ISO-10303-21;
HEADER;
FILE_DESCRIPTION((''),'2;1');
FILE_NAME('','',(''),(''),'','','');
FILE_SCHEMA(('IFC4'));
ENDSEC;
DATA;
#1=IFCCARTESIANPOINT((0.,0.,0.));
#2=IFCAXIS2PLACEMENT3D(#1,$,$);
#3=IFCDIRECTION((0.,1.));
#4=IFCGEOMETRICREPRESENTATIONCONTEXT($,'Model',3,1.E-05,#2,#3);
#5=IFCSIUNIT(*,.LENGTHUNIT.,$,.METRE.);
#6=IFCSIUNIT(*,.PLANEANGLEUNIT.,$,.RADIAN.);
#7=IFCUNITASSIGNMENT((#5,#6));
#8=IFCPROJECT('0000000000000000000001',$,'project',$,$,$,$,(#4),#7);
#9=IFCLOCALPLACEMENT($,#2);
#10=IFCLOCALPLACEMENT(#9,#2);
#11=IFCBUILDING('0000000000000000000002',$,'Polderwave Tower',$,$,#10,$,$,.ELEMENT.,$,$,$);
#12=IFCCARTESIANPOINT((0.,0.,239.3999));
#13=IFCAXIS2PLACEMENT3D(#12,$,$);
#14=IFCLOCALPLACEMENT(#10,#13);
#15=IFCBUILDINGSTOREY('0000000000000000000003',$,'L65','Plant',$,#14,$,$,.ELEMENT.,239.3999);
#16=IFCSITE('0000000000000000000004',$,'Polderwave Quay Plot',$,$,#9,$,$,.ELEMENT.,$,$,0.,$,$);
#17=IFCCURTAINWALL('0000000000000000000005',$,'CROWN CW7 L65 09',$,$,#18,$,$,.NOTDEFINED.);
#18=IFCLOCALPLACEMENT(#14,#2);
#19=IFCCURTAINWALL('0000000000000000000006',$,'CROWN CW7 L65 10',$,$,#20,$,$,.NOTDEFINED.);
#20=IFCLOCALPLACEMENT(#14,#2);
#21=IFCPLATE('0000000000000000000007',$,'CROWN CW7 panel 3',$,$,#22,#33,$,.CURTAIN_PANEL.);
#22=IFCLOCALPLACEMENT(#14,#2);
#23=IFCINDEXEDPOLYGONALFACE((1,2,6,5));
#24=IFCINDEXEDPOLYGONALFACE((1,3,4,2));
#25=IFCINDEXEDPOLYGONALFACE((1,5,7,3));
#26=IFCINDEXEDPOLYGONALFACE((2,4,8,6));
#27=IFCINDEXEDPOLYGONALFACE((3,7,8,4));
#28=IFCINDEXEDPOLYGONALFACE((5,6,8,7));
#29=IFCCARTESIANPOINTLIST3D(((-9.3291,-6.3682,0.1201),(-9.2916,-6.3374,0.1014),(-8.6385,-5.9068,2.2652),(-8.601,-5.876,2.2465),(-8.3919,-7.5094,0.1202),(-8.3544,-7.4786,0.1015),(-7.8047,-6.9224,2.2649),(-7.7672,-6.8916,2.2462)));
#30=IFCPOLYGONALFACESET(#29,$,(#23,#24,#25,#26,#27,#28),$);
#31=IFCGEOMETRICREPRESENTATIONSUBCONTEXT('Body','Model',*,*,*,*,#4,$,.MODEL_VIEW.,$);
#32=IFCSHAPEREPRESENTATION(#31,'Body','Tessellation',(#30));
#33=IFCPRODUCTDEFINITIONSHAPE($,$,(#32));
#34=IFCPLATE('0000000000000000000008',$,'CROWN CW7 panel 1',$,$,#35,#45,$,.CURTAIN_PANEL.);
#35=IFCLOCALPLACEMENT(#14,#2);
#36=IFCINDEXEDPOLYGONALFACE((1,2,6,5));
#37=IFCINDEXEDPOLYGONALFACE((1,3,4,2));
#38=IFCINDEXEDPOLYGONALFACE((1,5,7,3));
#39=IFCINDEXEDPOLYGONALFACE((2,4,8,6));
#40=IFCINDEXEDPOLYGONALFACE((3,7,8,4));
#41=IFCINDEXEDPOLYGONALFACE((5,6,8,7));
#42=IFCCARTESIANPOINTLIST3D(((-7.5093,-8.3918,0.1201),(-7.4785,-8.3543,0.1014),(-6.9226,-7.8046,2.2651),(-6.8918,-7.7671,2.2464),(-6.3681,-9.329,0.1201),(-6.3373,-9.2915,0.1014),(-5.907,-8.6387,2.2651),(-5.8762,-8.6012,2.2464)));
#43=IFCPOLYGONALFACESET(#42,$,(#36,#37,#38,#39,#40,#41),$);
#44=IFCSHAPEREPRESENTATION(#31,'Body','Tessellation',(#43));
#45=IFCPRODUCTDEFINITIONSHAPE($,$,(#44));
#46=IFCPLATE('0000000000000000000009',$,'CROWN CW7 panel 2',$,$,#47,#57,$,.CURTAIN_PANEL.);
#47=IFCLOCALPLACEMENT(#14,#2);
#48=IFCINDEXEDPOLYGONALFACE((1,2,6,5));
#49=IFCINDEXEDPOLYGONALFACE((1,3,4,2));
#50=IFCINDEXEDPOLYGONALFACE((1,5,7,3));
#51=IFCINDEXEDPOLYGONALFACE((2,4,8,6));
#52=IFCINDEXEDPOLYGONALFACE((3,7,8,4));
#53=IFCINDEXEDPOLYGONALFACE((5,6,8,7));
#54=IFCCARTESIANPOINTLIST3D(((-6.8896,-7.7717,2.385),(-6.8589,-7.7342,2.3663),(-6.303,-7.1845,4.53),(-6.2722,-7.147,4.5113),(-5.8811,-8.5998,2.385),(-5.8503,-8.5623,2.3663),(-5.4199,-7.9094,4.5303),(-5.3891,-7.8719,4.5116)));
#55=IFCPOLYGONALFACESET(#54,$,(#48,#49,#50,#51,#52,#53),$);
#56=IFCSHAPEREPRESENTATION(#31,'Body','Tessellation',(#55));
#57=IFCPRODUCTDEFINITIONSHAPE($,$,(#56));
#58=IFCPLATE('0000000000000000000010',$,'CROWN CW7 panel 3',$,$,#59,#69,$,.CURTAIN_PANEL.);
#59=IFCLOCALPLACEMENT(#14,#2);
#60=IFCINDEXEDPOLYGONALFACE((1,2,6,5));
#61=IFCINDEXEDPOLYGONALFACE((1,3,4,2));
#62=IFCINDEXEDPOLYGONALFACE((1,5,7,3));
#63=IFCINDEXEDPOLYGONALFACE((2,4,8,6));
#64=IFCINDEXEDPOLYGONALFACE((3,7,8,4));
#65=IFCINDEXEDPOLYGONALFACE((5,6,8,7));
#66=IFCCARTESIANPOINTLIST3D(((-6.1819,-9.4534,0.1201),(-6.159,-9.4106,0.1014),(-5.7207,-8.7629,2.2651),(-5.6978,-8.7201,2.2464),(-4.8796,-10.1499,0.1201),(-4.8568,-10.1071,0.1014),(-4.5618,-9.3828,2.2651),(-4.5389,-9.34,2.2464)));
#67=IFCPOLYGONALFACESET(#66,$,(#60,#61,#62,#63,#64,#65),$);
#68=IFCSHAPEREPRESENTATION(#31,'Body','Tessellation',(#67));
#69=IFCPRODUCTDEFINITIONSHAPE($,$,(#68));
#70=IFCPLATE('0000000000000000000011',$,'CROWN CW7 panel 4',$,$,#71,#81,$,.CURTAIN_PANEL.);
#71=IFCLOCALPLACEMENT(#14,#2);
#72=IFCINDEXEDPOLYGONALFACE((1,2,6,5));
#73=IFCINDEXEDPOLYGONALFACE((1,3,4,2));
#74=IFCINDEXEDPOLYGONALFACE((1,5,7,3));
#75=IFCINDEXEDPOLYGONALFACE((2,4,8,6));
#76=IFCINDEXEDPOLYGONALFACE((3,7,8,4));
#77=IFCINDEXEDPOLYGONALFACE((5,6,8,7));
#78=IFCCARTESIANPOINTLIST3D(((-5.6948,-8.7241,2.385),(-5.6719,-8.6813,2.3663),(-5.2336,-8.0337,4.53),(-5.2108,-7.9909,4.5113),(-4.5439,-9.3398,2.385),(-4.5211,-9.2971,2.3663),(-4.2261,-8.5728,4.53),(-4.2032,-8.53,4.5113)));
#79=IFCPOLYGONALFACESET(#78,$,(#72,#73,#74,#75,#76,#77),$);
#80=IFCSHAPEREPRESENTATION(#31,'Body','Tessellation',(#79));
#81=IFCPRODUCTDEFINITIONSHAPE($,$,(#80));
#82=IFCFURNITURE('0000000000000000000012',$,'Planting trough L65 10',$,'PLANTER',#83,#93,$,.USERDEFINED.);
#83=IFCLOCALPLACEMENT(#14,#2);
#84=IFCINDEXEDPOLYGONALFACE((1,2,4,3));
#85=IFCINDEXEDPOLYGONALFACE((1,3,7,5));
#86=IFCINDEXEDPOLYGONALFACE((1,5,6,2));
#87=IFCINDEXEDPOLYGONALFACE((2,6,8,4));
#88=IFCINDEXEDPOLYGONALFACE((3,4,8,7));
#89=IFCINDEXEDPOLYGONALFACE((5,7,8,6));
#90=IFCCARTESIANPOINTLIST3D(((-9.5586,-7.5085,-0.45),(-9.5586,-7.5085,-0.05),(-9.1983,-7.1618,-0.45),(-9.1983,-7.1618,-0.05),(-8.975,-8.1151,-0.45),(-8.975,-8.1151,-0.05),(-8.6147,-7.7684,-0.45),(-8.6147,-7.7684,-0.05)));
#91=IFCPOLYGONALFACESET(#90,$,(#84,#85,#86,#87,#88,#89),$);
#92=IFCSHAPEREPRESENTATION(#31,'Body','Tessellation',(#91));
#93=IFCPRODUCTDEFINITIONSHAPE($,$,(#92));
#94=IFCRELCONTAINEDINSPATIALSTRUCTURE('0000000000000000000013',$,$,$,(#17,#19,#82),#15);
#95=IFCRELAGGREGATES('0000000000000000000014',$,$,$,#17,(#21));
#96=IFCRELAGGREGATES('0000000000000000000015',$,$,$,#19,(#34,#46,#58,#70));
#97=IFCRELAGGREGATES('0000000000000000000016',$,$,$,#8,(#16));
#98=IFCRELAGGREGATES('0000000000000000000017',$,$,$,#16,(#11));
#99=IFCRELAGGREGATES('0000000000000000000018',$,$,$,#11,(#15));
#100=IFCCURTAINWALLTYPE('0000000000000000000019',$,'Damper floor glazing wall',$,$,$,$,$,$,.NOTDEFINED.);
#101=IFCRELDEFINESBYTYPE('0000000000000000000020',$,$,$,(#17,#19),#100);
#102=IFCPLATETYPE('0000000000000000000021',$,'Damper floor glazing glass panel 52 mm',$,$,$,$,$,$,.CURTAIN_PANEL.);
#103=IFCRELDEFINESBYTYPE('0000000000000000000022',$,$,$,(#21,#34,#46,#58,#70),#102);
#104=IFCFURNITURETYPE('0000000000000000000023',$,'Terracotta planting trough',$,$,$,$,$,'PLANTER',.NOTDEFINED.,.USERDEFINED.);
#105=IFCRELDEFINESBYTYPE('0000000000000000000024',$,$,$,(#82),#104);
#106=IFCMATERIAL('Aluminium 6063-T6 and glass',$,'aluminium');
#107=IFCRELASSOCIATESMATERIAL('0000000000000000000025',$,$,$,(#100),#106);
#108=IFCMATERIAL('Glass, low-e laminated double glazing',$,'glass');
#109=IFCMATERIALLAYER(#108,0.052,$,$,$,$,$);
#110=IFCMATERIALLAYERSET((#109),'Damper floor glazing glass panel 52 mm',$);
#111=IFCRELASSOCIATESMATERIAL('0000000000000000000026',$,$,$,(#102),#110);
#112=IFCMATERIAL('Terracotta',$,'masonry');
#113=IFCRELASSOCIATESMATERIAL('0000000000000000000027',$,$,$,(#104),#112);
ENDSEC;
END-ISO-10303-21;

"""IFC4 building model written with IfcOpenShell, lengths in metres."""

from ifc_helpers import new_model, si_unit, direction, frame, origin, origin_2d, place, context, subcontext, project, spatial, polyline, rectangle, outline, extrude, material, layer, layer_set, type_object, element, aggregate, save


model = new_model("IFC4")

# Units and contexts
model_context = context("Model", 3, precision=1e-05, world=origin(), true_north=direction((0.0, 1.0)))
body_context = subcontext(model_context, "Body", "Model", "MODEL_VIEW")
ifc_project = project(units=[si_unit("LENGTHUNIT", "METRE"), si_unit("PLANEANGLEUNIT", "RADIAN")], contexts=[model_context])

# Site, building, storey
site_placement = place(None, origin())
site = spatial("IfcSite", under=ifc_project, at=site_placement, Name="Polderwave Quay Plot", CompositionType="ELEMENT", RefElevation=0.0)
building_placement = place(site_placement, origin())
building = spatial("IfcBuilding", under=site, at=building_placement, Name="Polderwave Tower", CompositionType="ELEMENT")
storey_placement = place(building_placement, frame((0.0, 0.0, 239.3999)))
storey = spatial("IfcBuildingStorey", under=building, at=storey_placement, Name="L65", Description="Plant", CompositionType="ELEMENT", Elevation=239.3999)

# Curtain walls
ifc_material_1 = material(Name="Aluminium 6063-T6 and glass", Category="aluminium")
curtain_wall_type = type_object("IfcCurtainWallType", Name="Damper floor glazing wall", PredefinedType="NOTDEFINED", material=ifc_material_1)
curtain_wall_1_placement = place(storey_placement, origin())
curtain_wall_1 = element("IfcCurtainWall", 1, at=curtain_wall_1_placement, inside=storey, type_object=curtain_wall_type, Name="CROWN CW7 L65 09", PredefinedType="NOTDEFINED")
curtain_wall_2_placement = place(storey_placement, origin())
curtain_wall_2 = element("IfcCurtainWall", 2, at=curtain_wall_2_placement, inside=storey, type_object=curtain_wall_type, Name="CROWN CW7 L65 10", PredefinedType="NOTDEFINED")

# Plates
ifc_material_2 = material(Name="Glass, low-e laminated double glazing", Category="glass")
ifc_layer = layer(ifc_material_2, 0.052)
ifc_layer_set = layer_set([ifc_layer], Name="Damper floor glazing glass panel 52 mm")
plate_type = type_object("IfcPlateType", Name="Damper floor glazing glass panel 52 mm", PredefinedType="CURTAIN_PANEL", material=ifc_layer_set)
plate_1_placement = place(storey_placement, frame((-9.3291, -6.3682, 0.1201), z_axis=(-0.721136, -0.592199, 0.359532), x_axis=(0.634644, -0.772805, 0.00003)))
plate_1 = element("IfcPlate", 3, at=plate_1_placement, type_object=plate_type, Name="CROWN CW7 panel 3", PredefinedType="CURTAIN_PANEL", context=body_context, shape_type="SweptSolid", body=[
    extrude(outline(polyline([(0.0, 0.0), (1.4767, 0.0), (1.3958, 2.2984), (0.0818, 2.2988), (0.0, 0.0)])), origin(), (0.0, 0.0, -1.0), 0.052),
])
aggregate(curtain_wall_1, [plate_1])
plate_2_placement = place(storey_placement, frame((-7.5093, -8.3918, 0.1201), z_axis=(-0.592251, -0.72115, 0.359419), x_axis=(0.772786, -0.634667, -0.000019)))
plate_2 = element("IfcPlate", 4, at=plate_2_placement, type_object=plate_type, Name="CROWN CW7 panel 1", PredefinedType="CURTAIN_PANEL", context=body_context, shape_type="SweptSolid", body=[
    extrude(outline(polyline([(0.0, 0.0), (1.4767, 0.0), (1.3948, 2.2987), (0.0807, 2.2986), (0.0, 0.0)])), origin(), (0.0, 0.0, -1.0), 0.052),
])
plate_3_placement = place(storey_placement, frame((-6.8896, -7.7717, 2.385), z_axis=(-0.592165, -0.721229, 0.359402), x_axis=(0.772867, -0.634568, -0.000012)))
plate_3 = element("IfcPlate", 5, at=plate_3_placement, type_object=plate_type, Name="CROWN CW7 panel 2", PredefinedType="CURTAIN_PANEL", context=body_context, shape_type="SweptSolid", body=[
    extrude(outline(polyline([(0.0, 0.0), (1.305, 0.0), (1.2233, 2.2989), (0.0808, 2.2986), (0.0, 0.0)])), origin(), (0.0, 0.0, -1.0), 0.052),
])
plate_4_placement = place(storey_placement, frame((-6.1819, -9.4534, 0.1201), z_axis=(-0.440113, -0.822845, 0.35948), x_axis=(0.88179, -0.471641, -0.000001)))
plate_4 = element("IfcPlate", 6, at=plate_4_placement, type_object=plate_type, Name="CROWN CW7 panel 3", PredefinedType="CURTAIN_PANEL", context=body_context, shape_type="SweptSolid", body=[
    extrude(outline(polyline([(0.0, 0.0), (1.4768, 0.0), (1.3953, 2.2987), (0.081, 2.2987), (0.0, 0.0)])), origin(), (0.0, 0.0, -1.0), 0.052),
])
plate_5_placement = place(storey_placement, frame((-5.6948, -8.7241, 2.385), z_axis=(-0.440203, -0.822797, 0.35948), x_axis=(0.88174, -0.471737, 0.000001)))
plate_5 = element("IfcPlate", 7, at=plate_5_placement, type_object=plate_type, Name="CROWN CW7 panel 4", PredefinedType="CURTAIN_PANEL", context=body_context, shape_type="SweptSolid", body=[
    extrude(outline(polyline([(0.0, 0.0), (1.3052, 0.0), (1.2237, 2.2987), (0.0809, 2.2987), (0.0, 0.0)])), origin(), (0.0, 0.0, -1.0), 0.052),
])
aggregate(curtain_wall_2, [plate_2, plate_3, plate_4, plate_5])

# Furniture
ifc_material_3 = material(Name="Terracotta", Category="masonry")
furniture_type = type_object("IfcFurnitureType", Name="Terracotta planting trough", ElementType="PLANTER", AssemblyPlace="NOTDEFINED", PredefinedType="USERDEFINED", material=ifc_material_3)
furniture_placement = place(storey_placement, frame((-9.0867, -7.6384, -0.45), z_axis=(0.0, 0.0, 1.0), x_axis=(0.693338, -0.720613, 0.0)))
element("IfcFurniture", 8, at=furniture_placement, inside=storey, type_object=furniture_type, Name="Planting trough L65 10", ObjectType="PLANTER", PredefinedType="USERDEFINED", context=body_context, shape_type="SweptSolid", body=[
    extrude(rectangle(XDim=0.8418, YDim=0.5, at=origin_2d()), origin(), (0.0, 0.0, 1.0), 0.3999),
])

save(model, "model.ifc")
